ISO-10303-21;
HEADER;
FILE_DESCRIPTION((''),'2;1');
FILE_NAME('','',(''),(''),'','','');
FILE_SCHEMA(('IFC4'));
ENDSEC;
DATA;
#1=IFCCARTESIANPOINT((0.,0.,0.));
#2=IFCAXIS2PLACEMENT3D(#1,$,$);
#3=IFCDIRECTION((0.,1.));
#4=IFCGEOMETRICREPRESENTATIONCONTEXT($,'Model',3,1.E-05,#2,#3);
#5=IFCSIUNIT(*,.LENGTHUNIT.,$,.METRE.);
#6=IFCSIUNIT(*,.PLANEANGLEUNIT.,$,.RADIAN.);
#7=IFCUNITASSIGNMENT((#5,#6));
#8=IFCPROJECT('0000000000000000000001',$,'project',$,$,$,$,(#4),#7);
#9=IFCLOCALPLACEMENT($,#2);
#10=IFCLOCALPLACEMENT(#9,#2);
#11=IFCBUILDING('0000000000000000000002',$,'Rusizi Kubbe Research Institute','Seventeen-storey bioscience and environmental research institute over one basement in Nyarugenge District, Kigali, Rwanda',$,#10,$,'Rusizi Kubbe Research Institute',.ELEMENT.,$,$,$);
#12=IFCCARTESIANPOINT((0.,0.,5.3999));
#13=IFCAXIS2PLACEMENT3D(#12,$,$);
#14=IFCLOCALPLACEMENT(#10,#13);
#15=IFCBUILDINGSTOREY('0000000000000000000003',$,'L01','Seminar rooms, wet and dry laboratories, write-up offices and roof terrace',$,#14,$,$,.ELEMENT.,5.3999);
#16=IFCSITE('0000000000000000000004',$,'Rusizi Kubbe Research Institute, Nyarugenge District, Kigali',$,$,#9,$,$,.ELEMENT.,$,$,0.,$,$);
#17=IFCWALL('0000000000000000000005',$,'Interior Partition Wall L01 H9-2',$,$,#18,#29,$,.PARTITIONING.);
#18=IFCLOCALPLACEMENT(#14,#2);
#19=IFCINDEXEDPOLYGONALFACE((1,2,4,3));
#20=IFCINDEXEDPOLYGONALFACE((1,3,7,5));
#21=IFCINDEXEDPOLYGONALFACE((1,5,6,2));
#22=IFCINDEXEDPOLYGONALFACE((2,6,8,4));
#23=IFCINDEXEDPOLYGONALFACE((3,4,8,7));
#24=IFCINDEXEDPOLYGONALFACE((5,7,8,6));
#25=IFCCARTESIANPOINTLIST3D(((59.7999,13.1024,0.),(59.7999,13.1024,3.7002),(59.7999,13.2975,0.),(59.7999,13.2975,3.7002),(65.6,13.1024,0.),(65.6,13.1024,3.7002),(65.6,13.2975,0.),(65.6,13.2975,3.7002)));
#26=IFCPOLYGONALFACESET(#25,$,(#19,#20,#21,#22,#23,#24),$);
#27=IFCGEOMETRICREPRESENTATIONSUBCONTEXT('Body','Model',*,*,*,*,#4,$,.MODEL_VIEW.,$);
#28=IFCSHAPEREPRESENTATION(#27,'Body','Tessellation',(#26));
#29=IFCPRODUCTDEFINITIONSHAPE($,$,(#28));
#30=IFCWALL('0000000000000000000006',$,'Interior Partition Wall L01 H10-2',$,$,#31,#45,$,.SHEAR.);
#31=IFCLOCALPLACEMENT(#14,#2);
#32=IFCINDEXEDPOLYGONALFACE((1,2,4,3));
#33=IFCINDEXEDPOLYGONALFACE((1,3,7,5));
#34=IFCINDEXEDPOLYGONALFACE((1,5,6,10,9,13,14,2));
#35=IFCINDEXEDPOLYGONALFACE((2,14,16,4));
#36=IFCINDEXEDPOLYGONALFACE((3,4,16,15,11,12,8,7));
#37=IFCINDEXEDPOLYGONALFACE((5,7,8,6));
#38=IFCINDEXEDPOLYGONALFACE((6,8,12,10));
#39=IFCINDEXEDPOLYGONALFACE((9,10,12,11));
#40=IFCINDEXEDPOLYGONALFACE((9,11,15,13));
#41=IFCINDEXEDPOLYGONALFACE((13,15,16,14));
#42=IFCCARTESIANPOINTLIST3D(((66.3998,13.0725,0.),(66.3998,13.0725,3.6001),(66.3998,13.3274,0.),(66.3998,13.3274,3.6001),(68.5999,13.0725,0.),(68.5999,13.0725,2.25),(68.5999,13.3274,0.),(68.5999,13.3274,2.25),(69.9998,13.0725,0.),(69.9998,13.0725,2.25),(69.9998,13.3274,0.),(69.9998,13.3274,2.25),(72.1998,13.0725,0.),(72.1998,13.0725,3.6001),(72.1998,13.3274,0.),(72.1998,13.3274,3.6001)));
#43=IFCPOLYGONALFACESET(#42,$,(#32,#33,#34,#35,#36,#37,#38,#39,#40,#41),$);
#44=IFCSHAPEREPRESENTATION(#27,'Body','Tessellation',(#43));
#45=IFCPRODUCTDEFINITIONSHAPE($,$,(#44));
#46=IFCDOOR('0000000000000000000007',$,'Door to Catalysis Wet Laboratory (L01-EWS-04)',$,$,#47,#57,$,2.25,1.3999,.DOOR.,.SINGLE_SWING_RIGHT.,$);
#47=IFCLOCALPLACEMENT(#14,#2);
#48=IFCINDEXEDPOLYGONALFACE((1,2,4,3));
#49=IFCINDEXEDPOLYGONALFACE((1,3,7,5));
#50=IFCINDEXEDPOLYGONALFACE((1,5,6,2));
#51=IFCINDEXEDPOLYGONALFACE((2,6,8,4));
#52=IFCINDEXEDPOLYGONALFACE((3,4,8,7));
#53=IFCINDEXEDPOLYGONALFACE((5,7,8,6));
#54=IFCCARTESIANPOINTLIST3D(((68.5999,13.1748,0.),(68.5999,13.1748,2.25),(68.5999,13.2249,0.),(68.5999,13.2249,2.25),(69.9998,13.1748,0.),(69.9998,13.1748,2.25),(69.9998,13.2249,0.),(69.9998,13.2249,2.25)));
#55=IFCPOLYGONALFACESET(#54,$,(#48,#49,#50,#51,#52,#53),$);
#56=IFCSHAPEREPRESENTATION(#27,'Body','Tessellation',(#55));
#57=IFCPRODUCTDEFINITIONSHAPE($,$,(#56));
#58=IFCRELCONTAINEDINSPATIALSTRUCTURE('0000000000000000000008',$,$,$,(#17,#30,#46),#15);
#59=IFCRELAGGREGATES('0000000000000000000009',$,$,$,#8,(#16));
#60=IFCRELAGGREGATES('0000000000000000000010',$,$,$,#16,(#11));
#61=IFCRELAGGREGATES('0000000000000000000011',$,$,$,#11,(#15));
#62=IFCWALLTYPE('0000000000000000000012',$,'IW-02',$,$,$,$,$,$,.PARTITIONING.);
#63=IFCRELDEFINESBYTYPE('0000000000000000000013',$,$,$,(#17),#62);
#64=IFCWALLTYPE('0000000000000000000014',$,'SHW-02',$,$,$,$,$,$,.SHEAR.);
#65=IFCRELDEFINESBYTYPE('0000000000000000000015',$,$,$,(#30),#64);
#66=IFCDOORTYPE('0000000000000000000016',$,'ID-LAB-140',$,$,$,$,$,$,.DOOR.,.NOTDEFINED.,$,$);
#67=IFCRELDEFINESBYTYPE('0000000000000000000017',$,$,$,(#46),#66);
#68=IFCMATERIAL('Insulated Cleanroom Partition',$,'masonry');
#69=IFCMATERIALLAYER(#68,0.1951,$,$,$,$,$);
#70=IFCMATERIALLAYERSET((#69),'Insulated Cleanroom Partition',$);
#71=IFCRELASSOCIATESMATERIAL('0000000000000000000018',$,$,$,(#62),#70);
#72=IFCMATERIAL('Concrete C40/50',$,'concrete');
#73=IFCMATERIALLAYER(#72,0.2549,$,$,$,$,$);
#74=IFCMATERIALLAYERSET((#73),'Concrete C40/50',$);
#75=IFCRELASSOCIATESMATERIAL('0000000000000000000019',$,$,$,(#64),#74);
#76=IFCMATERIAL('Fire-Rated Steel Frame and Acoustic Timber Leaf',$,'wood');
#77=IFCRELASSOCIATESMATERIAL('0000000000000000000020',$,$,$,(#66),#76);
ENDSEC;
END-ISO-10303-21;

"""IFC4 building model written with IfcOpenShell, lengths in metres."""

from ifc_helpers import new_model, si_unit, direction, frame, frame_2d, origin, place, context, subcontext, project, spatial, rectangle, extrude, material, layer, layer_set, type_object, element, fill, save


model = new_model("IFC4")

# Units and contexts
model_context = context("Model", 3, precision=1e-05, world=origin(), true_north=direction((0.0, 1.0)))
body_context = subcontext(model_context, "Body", "Model", "MODEL_VIEW")
ifc_project = project(units=[si_unit("LENGTHUNIT", "METRE"), si_unit("PLANEANGLEUNIT", "RADIAN")], contexts=[model_context])

# Site, building, storey
site_placement = place(None, origin())
site = spatial("IfcSite", under=ifc_project, at=site_placement, Name="Rusizi Kubbe Research Institute, Nyarugenge District, Kigali", CompositionType="ELEMENT", RefElevation=0.0)
building_placement = place(site_placement, origin())
building = spatial("IfcBuilding", under=site, at=building_placement, Name="Rusizi Kubbe Research Institute", Description="Seventeen-storey bioscience and environmental research institute over one basement in Nyarugenge District, Kigali, Rwanda", LongName="Rusizi Kubbe Research Institute", CompositionType="ELEMENT")
storey_placement = place(building_placement, frame((0.0, 0.0, 5.3999)))
storey = spatial("IfcBuildingStorey", under=building, at=storey_placement, Name="L01", Description="Seminar rooms, wet and dry laboratories, write-up offices and roof terrace", CompositionType="ELEMENT", Elevation=5.3999)

# Wall
ifc_material_1 = material(Name="Insulated Cleanroom Partition", Category="masonry")
ifc_layer_1 = layer(ifc_material_1, 0.1951)
ifc_layer_set_1 = layer_set([ifc_layer_1], Name="Insulated Cleanroom Partition")
wall_type_1 = type_object("IfcWallType", Name="IW-02", PredefinedType="PARTITIONING", material=ifc_layer_set_1)
wall_1_placement = place(storey_placement, frame((59.8, 13.2, 0.0), z_axis=(0.0, 0.0, 1.0), x_axis=(1.0, 0.0, 0.0)))
element("IfcWall", 1, at=wall_1_placement, inside=storey, type_object=wall_type_1, Name="Interior Partition Wall L01 H9-2", PredefinedType="PARTITIONING", context=body_context, shape_type="SweptSolid", body=[
    extrude(rectangle(XDim=5.8, YDim=0.1951, at=frame_2d((2.8999, 0.0))), origin(), (0.0, 0.0, 1.0), 3.7002),
])

# Wall, opening, door
ifc_material_2 = material(Name="Concrete C40/50", Category="concrete")
ifc_layer_2 = layer(ifc_material_2, 0.2549)
ifc_layer_set_2 = layer_set([ifc_layer_2], Name="Concrete C40/50")
wall_type_2 = type_object("IfcWallType", Name="SHW-02", PredefinedType="SHEAR", material=ifc_layer_set_2)
wall_2_placement = place(storey_placement, frame((66.3999, 13.2, 0.0), z_axis=(0.0, 0.0, 1.0), x_axis=(1.0, 0.0, 0.0)))
wall_2 = element("IfcWall", 2, at=wall_2_placement, inside=storey, type_object=wall_type_2, Name="Interior Partition Wall L01 H10-2", PredefinedType="SHEAR", context=body_context, shape_type="SweptSolid", body=[
    extrude(rectangle(XDim=5.8, YDim=0.2549, at=frame_2d((2.8999, 0.0))), origin(), (0.0, 0.0, 1.0), 3.6001),
])
opening_1_placement = place(wall_2_placement, frame((2.2, 0.0, 0.0)))
opening_1 = element("IfcOpeningElement", 3, at=opening_1_placement, cuts=wall_2, PredefinedType="OPENING", context=body_context, shape_type="SweptSolid", body=[
    extrude(rectangle(XDim=1.3999, YDim=2.25, at=frame_2d((0.7, 1.125))), frame((0.0, 0.1375, 0.0), z_axis=(0.0, -1.0, 0.0), x_axis=(1.0, 0.0, 0.0)), (0.0, 0.0, 1.0), 0.2749),
])
ifc_material_3 = material(Name="Fire-Rated Steel Frame and Acoustic Timber Leaf", Category="wood")
door_type_1 = type_object("IfcDoorType", Name="ID-LAB-140", OperationType="NOTDEFINED", PredefinedType="DOOR", material=ifc_material_3)
door_1_placement = place(opening_1_placement, origin())
door_1 = element("IfcDoor", 4, at=door_1_placement, inside=storey, type_object=door_type_1, Name="Door to Catalysis Wet Laboratory (L01-EWS-04)", OperationType="SINGLE_SWING_RIGHT", OverallHeight=2.25, OverallWidth=1.3999, PredefinedType="DOOR", context=body_context, shape_type="SweptSolid", body=[
    extrude(rectangle(XDim=1.3999, YDim=2.25, at=frame_2d((0.7, 1.125))), frame((0.0, 0.0249, 0.0), z_axis=(0.0, -1.0, 0.0), x_axis=(1.0, 0.0, 0.0)), (0.0, 0.0, 1.0), 0.05),
])
fill(opening_1, door_1)

save(model, "model.ifc")
